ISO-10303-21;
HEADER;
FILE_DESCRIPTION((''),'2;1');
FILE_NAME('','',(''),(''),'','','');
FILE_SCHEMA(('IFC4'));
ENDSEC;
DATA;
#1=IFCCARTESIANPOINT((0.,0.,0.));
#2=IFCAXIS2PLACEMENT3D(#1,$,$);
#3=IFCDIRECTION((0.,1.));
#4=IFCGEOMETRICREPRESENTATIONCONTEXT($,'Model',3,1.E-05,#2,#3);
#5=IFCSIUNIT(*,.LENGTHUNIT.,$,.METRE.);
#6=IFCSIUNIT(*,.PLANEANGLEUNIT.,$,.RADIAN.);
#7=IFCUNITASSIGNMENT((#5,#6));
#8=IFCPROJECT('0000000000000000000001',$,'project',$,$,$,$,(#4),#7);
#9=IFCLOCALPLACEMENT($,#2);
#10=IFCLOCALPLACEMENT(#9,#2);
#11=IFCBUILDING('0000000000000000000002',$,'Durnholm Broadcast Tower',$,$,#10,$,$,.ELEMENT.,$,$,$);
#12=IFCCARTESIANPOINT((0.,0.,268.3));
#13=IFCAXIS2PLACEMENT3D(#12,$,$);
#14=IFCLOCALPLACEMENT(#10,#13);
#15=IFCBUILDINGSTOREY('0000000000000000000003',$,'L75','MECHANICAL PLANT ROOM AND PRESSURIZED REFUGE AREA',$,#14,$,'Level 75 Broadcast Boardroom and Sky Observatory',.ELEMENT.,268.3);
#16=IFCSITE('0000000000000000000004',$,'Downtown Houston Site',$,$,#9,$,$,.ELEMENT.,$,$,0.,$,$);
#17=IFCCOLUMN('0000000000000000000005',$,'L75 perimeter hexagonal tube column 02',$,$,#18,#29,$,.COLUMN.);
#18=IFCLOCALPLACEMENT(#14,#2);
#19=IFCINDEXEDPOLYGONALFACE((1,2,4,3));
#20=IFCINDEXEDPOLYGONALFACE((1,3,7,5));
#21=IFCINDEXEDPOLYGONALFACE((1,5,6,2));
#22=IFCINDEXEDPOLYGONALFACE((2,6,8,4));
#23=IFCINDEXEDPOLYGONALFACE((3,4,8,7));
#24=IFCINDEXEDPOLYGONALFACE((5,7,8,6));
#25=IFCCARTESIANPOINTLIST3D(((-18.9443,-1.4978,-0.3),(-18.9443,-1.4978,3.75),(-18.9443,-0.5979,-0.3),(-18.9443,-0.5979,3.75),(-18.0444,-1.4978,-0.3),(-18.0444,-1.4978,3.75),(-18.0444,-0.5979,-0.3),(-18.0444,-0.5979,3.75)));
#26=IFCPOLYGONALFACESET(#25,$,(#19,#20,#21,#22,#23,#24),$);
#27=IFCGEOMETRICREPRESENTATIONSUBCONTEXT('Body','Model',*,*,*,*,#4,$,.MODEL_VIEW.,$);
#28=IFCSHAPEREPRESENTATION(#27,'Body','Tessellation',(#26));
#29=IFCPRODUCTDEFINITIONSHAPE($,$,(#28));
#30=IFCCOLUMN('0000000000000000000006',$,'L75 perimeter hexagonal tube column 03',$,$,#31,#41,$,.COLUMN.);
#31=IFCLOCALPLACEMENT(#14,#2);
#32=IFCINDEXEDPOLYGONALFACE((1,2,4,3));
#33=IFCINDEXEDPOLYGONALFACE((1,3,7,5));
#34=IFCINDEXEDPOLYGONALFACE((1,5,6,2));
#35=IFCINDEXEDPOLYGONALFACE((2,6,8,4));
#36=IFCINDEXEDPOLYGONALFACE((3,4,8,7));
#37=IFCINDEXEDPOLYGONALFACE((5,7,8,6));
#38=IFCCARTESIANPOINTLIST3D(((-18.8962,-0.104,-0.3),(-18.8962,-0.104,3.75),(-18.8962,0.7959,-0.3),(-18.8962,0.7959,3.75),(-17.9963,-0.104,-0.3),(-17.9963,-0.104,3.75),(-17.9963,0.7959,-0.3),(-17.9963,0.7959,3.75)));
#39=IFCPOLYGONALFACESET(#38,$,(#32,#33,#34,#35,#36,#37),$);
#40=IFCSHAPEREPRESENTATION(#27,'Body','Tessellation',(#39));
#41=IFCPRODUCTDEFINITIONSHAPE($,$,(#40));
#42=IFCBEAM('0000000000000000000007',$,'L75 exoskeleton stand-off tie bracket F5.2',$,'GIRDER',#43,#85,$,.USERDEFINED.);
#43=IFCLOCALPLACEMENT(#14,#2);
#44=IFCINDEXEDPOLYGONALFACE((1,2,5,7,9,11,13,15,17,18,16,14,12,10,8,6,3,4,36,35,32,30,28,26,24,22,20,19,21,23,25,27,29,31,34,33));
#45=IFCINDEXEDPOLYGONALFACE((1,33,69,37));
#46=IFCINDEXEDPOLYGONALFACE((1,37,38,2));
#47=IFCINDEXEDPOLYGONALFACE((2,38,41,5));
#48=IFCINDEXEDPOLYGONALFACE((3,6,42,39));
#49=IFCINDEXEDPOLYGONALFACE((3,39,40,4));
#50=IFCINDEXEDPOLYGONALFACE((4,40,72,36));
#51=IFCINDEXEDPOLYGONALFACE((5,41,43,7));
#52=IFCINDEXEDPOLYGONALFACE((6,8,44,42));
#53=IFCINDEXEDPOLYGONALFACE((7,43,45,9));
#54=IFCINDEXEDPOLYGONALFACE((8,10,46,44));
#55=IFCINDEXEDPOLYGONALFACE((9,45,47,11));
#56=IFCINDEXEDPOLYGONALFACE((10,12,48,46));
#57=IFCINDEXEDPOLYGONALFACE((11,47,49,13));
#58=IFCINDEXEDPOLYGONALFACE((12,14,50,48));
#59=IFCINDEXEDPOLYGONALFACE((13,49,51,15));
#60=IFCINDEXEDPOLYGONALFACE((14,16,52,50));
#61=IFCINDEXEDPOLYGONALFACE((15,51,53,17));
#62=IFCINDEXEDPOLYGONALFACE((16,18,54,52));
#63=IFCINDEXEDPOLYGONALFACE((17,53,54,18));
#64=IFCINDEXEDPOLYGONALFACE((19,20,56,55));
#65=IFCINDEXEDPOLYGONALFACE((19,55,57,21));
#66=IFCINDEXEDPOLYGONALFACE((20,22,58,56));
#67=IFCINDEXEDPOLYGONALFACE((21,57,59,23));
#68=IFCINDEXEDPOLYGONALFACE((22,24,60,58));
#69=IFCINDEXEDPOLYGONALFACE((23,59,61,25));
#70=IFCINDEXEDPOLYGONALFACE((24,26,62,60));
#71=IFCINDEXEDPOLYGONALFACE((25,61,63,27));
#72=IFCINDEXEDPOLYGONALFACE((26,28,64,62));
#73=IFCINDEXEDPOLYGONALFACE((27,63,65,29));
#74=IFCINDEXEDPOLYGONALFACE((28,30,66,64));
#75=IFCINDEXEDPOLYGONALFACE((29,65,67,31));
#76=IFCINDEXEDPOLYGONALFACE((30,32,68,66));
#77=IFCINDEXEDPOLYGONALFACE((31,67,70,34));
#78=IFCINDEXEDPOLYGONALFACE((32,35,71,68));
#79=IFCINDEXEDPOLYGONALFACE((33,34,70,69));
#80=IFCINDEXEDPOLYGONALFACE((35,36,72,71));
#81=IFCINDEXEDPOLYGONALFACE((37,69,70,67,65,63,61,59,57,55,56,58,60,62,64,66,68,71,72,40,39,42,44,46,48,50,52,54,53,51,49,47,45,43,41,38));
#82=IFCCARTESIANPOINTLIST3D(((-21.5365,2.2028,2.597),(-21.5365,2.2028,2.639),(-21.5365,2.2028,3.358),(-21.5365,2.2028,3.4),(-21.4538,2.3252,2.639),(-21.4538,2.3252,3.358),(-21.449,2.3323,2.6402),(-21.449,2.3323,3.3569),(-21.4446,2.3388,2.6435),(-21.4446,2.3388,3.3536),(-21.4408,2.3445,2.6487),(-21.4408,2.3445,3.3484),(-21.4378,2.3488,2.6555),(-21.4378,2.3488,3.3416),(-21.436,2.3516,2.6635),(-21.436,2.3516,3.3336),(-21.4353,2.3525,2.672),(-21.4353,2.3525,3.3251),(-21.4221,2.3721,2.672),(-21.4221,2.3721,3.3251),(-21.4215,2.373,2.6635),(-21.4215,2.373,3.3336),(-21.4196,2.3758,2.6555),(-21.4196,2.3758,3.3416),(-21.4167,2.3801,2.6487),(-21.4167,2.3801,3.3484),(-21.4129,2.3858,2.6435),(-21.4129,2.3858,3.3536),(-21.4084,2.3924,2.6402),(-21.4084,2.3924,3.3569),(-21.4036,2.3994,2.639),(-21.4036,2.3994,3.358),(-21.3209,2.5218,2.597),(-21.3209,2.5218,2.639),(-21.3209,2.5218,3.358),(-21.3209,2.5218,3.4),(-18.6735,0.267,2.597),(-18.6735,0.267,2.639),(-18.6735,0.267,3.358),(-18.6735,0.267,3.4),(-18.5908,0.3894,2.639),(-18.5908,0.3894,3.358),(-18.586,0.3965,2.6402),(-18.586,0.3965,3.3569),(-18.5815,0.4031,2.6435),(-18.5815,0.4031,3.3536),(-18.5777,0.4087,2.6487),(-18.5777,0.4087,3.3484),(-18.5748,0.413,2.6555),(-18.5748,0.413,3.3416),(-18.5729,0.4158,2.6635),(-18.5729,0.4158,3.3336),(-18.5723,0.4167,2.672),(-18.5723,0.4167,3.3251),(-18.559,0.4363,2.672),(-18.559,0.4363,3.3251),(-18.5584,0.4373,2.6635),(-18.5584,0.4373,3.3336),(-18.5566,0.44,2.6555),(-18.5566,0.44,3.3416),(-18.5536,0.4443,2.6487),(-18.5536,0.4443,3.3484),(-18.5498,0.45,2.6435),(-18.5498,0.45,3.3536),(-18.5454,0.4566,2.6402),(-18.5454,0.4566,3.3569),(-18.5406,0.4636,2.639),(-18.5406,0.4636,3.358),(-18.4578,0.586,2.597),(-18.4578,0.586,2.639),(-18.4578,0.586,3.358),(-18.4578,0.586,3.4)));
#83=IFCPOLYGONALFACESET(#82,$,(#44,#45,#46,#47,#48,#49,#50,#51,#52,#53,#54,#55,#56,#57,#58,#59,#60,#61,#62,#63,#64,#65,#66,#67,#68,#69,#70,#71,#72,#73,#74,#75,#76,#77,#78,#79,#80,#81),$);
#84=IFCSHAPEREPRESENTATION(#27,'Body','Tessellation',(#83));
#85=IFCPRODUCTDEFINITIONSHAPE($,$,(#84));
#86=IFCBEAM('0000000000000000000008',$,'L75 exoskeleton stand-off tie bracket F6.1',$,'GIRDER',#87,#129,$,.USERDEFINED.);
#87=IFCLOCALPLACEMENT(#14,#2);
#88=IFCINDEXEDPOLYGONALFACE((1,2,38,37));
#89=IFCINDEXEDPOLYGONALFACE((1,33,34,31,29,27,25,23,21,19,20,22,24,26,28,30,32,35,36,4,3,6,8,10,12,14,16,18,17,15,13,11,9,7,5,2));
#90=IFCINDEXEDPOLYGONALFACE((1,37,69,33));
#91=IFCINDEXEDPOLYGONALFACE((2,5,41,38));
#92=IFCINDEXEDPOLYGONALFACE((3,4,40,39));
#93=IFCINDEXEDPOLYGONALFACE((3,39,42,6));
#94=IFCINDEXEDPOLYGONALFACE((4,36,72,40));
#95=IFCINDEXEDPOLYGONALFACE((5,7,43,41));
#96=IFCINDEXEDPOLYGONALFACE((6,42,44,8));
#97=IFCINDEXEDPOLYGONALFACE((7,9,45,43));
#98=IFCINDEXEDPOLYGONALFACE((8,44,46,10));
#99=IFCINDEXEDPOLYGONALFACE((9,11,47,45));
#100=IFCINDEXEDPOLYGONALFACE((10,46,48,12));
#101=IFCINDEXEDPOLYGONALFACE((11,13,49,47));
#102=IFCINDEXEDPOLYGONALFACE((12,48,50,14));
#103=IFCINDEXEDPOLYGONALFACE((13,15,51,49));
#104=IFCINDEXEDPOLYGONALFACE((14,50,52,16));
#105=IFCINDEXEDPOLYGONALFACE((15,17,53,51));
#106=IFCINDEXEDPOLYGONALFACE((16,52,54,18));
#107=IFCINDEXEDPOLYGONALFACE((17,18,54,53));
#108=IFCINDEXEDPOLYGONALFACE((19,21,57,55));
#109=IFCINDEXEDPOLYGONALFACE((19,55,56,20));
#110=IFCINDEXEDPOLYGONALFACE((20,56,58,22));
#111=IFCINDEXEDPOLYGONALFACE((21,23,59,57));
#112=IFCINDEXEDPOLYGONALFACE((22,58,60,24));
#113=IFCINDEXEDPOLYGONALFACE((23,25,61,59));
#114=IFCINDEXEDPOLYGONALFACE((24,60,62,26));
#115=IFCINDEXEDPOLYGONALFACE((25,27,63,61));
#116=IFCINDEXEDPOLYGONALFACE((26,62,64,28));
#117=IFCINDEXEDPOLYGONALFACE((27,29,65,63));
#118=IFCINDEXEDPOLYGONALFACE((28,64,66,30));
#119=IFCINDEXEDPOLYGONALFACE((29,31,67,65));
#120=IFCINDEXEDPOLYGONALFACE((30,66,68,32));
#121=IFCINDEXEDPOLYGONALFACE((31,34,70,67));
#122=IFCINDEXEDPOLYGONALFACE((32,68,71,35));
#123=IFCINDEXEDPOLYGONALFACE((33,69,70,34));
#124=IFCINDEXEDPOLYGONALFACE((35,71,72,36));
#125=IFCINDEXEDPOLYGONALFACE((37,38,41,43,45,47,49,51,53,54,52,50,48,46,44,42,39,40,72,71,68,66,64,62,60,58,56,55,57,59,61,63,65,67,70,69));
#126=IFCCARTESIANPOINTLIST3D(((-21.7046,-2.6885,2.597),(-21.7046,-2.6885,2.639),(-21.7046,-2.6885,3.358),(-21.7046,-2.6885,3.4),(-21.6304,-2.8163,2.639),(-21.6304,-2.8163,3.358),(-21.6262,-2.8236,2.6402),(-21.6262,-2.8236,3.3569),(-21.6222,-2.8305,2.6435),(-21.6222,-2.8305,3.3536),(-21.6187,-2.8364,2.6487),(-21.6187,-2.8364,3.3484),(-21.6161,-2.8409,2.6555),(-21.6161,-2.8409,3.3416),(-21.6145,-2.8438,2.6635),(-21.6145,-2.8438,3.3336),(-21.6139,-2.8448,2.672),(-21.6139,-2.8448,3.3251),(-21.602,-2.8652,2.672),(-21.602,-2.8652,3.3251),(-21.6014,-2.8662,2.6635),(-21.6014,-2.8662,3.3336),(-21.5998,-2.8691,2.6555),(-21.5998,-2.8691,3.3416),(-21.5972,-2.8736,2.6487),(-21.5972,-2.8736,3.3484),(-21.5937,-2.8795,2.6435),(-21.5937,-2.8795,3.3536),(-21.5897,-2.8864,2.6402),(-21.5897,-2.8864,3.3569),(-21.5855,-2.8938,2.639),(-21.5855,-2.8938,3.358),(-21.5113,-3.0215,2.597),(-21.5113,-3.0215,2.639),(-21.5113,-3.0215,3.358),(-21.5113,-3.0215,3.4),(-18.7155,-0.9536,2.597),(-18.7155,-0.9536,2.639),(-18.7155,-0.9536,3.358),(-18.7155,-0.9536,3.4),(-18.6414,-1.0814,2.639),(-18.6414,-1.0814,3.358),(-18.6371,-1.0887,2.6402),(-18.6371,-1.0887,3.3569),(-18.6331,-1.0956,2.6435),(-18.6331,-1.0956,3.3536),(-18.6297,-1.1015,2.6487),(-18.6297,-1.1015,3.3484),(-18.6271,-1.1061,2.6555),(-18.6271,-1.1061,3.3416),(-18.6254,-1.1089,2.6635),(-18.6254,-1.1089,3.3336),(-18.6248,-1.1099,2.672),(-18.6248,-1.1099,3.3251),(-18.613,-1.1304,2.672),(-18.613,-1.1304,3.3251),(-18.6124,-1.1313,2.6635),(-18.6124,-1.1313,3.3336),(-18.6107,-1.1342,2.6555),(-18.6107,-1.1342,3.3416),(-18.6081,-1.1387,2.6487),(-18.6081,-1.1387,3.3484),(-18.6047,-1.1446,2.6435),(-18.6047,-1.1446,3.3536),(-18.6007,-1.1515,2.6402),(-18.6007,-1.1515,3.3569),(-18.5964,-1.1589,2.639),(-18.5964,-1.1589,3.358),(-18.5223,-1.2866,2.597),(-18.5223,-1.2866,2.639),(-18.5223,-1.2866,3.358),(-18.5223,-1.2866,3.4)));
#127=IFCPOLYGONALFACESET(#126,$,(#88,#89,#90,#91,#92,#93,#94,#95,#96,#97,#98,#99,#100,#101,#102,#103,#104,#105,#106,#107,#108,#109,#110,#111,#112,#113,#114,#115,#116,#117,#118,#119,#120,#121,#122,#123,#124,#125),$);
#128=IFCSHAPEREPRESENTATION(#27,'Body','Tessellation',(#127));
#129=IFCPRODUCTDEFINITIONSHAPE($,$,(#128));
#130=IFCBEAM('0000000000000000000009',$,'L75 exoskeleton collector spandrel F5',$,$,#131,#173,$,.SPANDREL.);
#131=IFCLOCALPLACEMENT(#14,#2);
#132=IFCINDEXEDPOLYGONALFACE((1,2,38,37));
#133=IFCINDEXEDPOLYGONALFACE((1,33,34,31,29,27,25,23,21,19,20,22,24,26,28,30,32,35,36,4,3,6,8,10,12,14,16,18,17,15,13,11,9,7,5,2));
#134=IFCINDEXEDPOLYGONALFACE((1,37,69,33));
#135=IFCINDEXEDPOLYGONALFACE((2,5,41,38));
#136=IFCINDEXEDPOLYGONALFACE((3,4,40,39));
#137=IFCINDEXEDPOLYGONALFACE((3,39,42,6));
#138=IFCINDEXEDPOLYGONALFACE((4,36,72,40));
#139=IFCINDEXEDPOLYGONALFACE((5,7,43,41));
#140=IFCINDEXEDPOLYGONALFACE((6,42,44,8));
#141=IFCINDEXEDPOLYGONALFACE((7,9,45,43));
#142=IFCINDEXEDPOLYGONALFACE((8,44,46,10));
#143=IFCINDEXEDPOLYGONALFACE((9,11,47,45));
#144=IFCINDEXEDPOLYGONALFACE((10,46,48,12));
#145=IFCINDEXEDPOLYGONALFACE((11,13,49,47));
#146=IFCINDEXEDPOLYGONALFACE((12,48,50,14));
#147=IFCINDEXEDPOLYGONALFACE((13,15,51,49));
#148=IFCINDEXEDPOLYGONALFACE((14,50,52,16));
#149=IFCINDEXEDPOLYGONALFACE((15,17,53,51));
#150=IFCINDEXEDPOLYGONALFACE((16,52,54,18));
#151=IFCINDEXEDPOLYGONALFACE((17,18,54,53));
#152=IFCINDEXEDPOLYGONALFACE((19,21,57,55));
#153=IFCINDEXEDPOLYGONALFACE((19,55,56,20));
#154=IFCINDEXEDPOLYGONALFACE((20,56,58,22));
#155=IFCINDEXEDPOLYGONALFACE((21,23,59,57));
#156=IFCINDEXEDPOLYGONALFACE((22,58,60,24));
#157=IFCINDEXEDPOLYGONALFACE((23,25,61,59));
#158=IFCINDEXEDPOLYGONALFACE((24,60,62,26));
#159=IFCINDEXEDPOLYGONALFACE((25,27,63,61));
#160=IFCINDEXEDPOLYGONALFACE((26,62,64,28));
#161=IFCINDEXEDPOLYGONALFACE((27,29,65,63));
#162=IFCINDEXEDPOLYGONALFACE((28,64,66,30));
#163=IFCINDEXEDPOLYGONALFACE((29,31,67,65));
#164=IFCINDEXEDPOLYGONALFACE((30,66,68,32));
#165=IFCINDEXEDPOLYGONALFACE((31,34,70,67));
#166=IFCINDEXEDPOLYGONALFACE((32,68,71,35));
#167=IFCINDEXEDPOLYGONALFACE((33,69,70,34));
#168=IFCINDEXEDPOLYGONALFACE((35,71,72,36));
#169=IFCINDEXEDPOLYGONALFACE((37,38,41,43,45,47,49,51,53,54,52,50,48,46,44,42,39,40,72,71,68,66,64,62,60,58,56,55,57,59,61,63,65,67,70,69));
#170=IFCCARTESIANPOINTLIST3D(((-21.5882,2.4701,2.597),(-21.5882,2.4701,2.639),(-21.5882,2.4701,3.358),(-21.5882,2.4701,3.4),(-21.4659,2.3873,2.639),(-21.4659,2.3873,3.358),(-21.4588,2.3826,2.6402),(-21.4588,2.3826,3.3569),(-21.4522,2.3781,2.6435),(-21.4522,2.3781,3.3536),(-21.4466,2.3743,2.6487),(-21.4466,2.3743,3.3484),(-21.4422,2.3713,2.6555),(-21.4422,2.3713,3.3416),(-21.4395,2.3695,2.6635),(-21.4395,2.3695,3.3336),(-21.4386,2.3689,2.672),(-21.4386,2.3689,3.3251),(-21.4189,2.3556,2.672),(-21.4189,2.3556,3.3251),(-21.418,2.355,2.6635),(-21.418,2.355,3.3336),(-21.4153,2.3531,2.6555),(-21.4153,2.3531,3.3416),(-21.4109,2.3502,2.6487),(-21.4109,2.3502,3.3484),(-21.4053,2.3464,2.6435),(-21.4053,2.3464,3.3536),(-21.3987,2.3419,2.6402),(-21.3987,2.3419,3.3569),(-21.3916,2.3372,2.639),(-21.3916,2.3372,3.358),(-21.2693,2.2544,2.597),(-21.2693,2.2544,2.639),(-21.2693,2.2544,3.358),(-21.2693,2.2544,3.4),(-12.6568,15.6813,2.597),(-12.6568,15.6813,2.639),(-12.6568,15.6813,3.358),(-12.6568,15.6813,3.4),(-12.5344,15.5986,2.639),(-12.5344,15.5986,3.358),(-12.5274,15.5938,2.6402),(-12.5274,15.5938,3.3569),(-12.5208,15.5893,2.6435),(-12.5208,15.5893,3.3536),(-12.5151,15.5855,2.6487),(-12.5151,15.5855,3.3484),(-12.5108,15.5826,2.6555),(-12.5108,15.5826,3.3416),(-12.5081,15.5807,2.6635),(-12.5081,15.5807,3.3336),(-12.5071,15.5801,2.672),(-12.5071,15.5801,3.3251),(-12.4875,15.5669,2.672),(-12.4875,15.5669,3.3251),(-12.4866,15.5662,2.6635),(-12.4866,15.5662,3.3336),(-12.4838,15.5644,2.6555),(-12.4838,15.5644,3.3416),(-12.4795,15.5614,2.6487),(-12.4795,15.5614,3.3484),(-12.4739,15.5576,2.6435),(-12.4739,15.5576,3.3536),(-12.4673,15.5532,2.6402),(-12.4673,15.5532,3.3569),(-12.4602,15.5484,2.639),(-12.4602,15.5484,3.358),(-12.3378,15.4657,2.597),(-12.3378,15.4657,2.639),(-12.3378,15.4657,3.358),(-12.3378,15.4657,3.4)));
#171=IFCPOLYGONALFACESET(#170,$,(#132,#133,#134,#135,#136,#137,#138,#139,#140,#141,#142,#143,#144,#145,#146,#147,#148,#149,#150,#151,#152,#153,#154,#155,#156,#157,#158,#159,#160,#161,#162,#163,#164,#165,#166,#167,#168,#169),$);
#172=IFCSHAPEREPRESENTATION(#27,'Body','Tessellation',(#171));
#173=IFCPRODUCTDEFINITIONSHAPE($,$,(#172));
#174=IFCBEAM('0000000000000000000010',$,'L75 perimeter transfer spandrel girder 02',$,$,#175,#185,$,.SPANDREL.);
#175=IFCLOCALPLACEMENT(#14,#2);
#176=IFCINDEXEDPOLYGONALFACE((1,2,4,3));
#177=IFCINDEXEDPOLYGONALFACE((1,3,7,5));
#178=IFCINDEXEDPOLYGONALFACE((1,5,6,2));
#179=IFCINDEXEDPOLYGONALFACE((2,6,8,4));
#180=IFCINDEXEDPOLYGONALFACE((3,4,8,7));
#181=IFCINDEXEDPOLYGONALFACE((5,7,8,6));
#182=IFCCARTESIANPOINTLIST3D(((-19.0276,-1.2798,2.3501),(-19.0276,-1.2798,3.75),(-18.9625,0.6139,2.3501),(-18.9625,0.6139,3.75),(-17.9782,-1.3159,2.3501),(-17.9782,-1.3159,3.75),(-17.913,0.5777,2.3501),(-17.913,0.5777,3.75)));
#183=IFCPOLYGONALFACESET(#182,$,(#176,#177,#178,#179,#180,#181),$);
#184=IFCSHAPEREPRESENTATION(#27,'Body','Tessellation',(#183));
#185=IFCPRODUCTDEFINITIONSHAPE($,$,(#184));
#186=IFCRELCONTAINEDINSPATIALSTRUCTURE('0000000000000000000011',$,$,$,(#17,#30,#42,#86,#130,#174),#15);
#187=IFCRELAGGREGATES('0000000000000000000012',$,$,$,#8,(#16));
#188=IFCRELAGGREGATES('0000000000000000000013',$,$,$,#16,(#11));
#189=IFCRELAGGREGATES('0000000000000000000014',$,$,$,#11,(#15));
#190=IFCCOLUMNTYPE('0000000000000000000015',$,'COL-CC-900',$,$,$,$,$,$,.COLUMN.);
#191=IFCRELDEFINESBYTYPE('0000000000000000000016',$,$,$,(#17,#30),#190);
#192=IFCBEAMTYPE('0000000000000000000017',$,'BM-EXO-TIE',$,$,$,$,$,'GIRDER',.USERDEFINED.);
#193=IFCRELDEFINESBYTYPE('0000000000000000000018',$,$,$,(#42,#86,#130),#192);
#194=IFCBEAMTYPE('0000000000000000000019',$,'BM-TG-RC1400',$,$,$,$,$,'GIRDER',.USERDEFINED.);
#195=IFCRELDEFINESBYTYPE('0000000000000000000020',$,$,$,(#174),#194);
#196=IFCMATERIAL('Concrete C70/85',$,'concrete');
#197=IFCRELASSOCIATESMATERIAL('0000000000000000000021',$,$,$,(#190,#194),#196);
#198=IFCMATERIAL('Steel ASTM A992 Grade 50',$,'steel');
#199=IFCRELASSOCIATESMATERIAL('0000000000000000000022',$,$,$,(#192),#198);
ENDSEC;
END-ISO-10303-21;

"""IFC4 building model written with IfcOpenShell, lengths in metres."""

from ifc_helpers import new_model, si_unit, direction, frame, origin, origin_2d, place, context, subcontext, project, spatial, rectangle, i_section, extrude, source, transform, mapped, material, material_profile, profile_set, type_object, type_shapes, element, save


model = new_model("IFC4")

# Units and contexts
model_context = context("Model", 3, precision=1e-05, world=origin(), true_north=direction((0.0, 1.0)))
body_context = subcontext(model_context, "Body", "Model", "MODEL_VIEW")
ifc_project = project(units=[si_unit("LENGTHUNIT", "METRE"), si_unit("PLANEANGLEUNIT", "RADIAN")], contexts=[model_context])

# Site, building, storey
site_placement = place(None, origin())
site = spatial("IfcSite", under=ifc_project, at=site_placement, Name="Downtown Houston Site", CompositionType="ELEMENT", RefElevation=0.0)
building_placement = place(site_placement, origin())
building = spatial("IfcBuilding", under=site, at=building_placement, Name="Durnholm Broadcast Tower", CompositionType="ELEMENT")
storey_placement = place(building_placement, frame((0.0, 0.0, 268.3)))
storey = spatial("IfcBuildingStorey", under=building, at=storey_placement, Name="L75", Description="MECHANICAL PLANT ROOM AND PRESSURIZED REFUGE AREA", LongName="Level 75 Broadcast Boardroom and Sky Observatory", CompositionType="ELEMENT", Elevation=268.3)

# Columns
ifc_material_1 = material(Name="Concrete C70/85", Category="concrete")
ifc_material_profile_1 = material_profile(ifc_material_1, rectangle(XDim=0.8999, YDim=0.8999, at=origin_2d()), Name="RC900X900")
ifc_profile_set_1 = profile_set([ifc_material_profile_1], Name="Concrete C70/85")
column_type = type_object("IfcColumnType", Name="COL-CC-900", PredefinedType="COLUMN", material=ifc_profile_set_1)
shared_shape_1 = source(origin(), body_context, "Body", "SweptSolid", [
    extrude(rectangle(XDim=0.8999, YDim=0.8999, at=origin_2d()), origin(), (0.0, 0.0, 1.0), 4.05),
])
type_shapes(column_type, [shared_shape_1])
for number, where, z_axis, x_axis, name in (
    (1, (-18.4944, -1.0479, -0.3), (0.0, 0.0, 1.0), (1.0, 0.0, 0.0), "L75 perimeter hexagonal tube column 02"),
    (2, (-18.4463, 0.3459, -0.3), (0.0, 0.0, 1.0), (1.0, 0.0, 0.0), "L75 perimeter hexagonal tube column 03"),
):
    element("IfcColumn", number, at=place(storey_placement, frame(where, z_axis=z_axis, x_axis=x_axis)), inside=storey, type_object=column_type, Name=name, PredefinedType="COLUMN", context=body_context, shape_type="MappedRepresentation", body=[
        mapped(shared_shape_1, transform((0.0, 0.0, 0.0), x_axis=(1.0, 0.0, 0.0), y_axis=(0.0, 1.0, 0.0), z_axis=(0.0, 0.0, 1.0), scale=1.0)),
    ])

# Beams
ifc_material_2 = material(Name="Steel ASTM A992 Grade 50", Category="steel")
ifc_material_profile_2 = material_profile(ifc_material_2, i_section(OverallWidth=0.385, OverallDepth=0.803, WebThickness=0.0237, FlangeThickness=0.042, FilletRadius=0.033, at=origin_2d()), Name="W30X261")
ifc_profile_set_2 = profile_set([ifc_material_profile_2], Name="Steel ASTM A992 Grade 50")
beam_type_1 = type_object("IfcBeamType", Name="BM-EXO-TIE", ElementType="GIRDER", PredefinedType="USERDEFINED", material=ifc_profile_set_2)
shared_shape_2 = source(origin(), body_context, "Body", "SweptSolid", [
    extrude(i_section(OverallWidth=0.385, OverallDepth=0.803, WebThickness=0.0237, FlangeThickness=0.042, FilletRadius=0.033, at=origin_2d()), origin(), (0.0, 0.0, 1.0), 3.4561),
])
for number, where, z_axis, x_axis, name in (
    (3, (-18.5657, 0.4265, 2.9985), (-0.828414, 0.560117, 0.0), (-0.560117, -0.828414, 0.0), "L75 exoskeleton stand-off tie bracket F5.2"),
    (4, (-18.6189, -1.1201, 2.9985), (-0.864876, -0.501986, 0.0), (0.501986, -0.864876, 0.0), "L75 exoskeleton stand-off tie bracket F6.1"),
):
    element("IfcBeam", number, at=place(storey_placement, frame(where, z_axis=z_axis, x_axis=x_axis)), inside=storey, type_object=beam_type_1, Name=name, ObjectType="GIRDER", PredefinedType="USERDEFINED", context=body_context, shape_type="MappedRepresentation", body=[
        mapped(shared_shape_2, transform((0.0, 0.0, 0.0), x_axis=(1.0, 0.0, 0.0), y_axis=(0.0, 1.0, 0.0), z_axis=(0.0, 0.0, 1.0), scale=1.0)),
    ])
shared_shape_3 = source(origin(), body_context, "Body", "SweptSolid", [
    extrude(i_section(OverallWidth=0.385, OverallDepth=0.803, WebThickness=0.0237, FlangeThickness=0.042, FilletRadius=0.033, at=origin_2d()), origin(), (0.0, 0.0, 1.0), 15.947),
])
type_shapes(beam_type_1, [shared_shape_2, shared_shape_3])
beam_1_placement = place(storey_placement, frame((-12.4973, 15.5735, 2.9985), z_axis=(-0.560069, -0.828446, 0.0), x_axis=(0.828446, -0.560069, 0.0)))
element("IfcBeam", 5, at=beam_1_placement, inside=storey, type_object=beam_type_1, Name="L75 exoskeleton collector spandrel F5", PredefinedType="SPANDREL", context=body_context, shape_type="MappedRepresentation", body=[
    mapped(shared_shape_3, transform((0.0, 0.0, 0.0), x_axis=(1.0, 0.0, 0.0), y_axis=(0.0, 1.0, 0.0), z_axis=(0.0, 0.0, 1.0), scale=1.0)),
])
ifc_material_profile_3 = material_profile(ifc_material_1, rectangle(XDim=1.05, YDim=1.3999, at=origin_2d()), Name="RC1050X1400")
ifc_profile_set_3 = profile_set([ifc_material_profile_3], Name="Concrete C70/85")
beam_type_2 = type_object("IfcBeamType", Name="BM-TG-RC1400", ElementType="GIRDER", PredefinedType="USERDEFINED", material=ifc_profile_set_3)
shared_shape_4 = source(origin(), body_context, "Body", "SweptSolid", [
    extrude(rectangle(XDim=1.05, YDim=1.3999, at=origin_2d()), origin(), (0.0, 0.0, 1.0), 1.8948),
])
beam_2_placement = place(storey_placement, frame((-18.5029, -1.2979, 3.05), z_axis=(0.034405, 0.999408, 0.0), x_axis=(-0.999408, 0.034405, 0.0)))
element("IfcBeam", 6, at=beam_2_placement, inside=storey, type_object=beam_type_2, Name="L75 perimeter transfer spandrel girder 02", PredefinedType="SPANDREL", context=body_context, shape_type="MappedRepresentation", body=[
    mapped(shared_shape_4, transform((0.0, 0.0, 0.0), x_axis=(1.0, 0.0, 0.0), y_axis=(0.0, 1.0, 0.0), z_axis=(0.0, 0.0, 1.0), scale=1.0)),
])

save(model, "model.ifc")
